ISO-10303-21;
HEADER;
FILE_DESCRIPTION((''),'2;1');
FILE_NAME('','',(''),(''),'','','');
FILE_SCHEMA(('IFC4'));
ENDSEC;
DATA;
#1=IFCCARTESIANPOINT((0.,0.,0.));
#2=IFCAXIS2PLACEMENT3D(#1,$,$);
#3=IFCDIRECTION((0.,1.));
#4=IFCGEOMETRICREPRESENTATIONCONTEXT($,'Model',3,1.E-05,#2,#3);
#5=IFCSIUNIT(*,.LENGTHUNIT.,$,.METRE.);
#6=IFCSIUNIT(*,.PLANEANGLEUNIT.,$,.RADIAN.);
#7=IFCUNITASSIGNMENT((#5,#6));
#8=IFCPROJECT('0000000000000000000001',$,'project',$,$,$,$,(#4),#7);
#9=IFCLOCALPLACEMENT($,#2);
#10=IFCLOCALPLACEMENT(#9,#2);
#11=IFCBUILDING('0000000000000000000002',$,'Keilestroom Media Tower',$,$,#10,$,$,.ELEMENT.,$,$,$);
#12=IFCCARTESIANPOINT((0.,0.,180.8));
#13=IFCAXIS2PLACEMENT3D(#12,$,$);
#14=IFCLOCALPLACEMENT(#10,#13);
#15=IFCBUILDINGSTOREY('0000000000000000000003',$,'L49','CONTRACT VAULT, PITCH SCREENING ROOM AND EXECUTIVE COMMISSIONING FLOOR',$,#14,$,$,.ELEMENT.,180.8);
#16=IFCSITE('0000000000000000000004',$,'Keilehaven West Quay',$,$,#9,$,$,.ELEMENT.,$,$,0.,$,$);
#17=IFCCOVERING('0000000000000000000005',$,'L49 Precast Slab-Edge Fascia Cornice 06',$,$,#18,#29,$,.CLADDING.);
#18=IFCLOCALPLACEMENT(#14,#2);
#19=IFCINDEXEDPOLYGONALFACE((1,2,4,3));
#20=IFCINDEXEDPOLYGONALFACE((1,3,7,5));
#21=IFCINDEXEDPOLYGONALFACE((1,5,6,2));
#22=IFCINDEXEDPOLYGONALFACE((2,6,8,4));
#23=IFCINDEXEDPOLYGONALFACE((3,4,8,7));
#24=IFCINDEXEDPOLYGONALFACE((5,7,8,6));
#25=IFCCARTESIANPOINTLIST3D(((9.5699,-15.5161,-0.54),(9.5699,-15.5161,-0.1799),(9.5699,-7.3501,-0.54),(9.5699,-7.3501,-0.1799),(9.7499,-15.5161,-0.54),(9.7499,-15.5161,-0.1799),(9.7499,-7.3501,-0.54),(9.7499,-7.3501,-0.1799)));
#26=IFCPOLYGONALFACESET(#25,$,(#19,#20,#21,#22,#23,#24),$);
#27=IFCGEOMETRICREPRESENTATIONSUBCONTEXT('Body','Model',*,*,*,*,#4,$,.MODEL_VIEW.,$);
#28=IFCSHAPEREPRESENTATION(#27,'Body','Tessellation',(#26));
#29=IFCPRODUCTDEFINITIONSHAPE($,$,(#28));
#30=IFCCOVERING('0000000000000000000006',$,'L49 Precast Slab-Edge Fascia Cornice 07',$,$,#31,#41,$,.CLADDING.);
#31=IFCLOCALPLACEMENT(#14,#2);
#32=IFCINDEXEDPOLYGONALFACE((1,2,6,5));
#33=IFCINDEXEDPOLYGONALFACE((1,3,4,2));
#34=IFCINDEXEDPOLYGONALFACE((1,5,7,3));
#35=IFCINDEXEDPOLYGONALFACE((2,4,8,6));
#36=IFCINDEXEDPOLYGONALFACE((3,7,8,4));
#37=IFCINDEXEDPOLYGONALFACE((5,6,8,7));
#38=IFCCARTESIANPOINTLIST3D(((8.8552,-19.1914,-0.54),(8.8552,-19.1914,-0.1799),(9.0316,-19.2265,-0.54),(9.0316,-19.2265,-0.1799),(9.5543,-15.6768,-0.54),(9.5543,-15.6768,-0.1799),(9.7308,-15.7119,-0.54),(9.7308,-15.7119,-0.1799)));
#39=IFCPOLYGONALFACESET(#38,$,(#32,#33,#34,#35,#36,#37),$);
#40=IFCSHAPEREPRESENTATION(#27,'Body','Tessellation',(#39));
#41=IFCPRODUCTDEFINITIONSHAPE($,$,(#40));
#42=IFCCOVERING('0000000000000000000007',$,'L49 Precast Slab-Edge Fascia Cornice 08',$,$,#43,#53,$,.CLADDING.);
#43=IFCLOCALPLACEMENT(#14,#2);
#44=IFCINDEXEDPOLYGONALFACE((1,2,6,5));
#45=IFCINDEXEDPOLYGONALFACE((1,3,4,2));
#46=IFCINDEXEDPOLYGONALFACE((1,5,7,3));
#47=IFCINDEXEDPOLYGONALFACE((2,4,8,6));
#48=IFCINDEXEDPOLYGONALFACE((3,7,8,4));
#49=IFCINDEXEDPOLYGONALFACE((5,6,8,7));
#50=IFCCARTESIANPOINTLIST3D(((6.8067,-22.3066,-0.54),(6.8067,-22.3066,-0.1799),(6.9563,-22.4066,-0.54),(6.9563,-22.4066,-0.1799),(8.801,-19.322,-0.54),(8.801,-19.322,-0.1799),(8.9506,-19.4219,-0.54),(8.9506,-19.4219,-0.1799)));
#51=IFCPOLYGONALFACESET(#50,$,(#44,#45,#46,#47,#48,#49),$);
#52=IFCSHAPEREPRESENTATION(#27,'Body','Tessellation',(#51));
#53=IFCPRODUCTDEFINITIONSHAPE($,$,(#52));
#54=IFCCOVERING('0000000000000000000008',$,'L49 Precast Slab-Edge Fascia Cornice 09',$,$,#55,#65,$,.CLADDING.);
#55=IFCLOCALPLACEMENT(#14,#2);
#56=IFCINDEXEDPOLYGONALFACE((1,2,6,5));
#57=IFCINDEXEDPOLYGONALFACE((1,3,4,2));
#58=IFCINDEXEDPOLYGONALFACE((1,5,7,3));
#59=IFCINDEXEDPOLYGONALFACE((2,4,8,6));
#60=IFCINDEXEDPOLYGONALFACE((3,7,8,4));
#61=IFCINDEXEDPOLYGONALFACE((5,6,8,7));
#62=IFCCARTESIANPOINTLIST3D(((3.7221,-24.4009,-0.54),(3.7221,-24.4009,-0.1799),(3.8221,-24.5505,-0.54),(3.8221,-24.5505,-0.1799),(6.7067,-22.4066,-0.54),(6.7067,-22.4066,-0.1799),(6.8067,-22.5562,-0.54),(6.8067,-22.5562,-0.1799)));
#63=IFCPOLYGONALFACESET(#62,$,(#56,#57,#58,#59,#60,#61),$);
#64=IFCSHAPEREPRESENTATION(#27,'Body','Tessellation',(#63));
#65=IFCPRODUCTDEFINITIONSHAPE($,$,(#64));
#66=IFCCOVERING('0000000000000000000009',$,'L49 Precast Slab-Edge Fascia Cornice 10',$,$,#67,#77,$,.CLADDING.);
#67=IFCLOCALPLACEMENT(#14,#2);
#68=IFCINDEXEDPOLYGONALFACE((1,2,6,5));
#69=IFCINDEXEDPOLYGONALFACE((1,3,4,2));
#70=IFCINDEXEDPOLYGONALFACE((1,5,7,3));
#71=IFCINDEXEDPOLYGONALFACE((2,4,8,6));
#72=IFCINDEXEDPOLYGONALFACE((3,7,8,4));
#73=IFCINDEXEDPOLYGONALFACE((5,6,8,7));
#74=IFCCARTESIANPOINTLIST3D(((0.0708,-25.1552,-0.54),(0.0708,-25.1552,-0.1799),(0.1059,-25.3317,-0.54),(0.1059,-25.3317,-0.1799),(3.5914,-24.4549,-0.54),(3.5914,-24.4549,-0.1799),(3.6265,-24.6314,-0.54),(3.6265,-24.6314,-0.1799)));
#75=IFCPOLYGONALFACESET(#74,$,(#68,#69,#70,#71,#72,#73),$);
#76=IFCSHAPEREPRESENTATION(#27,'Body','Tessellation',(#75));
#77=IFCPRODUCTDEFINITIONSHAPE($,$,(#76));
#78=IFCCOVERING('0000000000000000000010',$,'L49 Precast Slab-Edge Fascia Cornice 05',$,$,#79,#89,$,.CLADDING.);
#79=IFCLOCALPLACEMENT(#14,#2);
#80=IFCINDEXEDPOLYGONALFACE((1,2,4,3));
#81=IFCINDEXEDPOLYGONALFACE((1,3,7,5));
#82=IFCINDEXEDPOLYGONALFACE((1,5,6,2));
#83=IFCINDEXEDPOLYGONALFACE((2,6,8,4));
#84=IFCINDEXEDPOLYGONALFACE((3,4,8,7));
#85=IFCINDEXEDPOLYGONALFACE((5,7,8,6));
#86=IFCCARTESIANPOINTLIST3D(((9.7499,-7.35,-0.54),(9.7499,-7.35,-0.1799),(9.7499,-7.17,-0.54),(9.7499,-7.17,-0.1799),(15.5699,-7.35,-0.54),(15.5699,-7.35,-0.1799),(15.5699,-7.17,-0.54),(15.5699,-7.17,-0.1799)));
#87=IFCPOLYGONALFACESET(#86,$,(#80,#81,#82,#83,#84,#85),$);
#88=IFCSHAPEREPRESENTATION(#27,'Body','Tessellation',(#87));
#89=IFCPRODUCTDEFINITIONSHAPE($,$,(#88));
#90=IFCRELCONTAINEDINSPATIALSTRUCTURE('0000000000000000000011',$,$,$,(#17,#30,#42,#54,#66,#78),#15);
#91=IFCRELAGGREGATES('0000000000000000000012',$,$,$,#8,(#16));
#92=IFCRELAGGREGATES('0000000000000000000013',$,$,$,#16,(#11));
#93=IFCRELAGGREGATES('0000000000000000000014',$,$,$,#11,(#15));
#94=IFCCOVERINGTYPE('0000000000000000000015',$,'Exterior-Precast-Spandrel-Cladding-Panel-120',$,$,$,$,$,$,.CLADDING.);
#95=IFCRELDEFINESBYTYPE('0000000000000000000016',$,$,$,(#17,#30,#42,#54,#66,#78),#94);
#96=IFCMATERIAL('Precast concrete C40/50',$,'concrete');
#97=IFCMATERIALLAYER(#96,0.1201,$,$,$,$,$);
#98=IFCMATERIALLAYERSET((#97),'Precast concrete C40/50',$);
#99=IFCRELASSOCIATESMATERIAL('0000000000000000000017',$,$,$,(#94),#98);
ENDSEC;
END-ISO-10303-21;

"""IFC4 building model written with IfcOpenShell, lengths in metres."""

from ifc_helpers import new_model, si_unit, direction, frame, origin, origin_2d, place, context, subcontext, project, spatial, rectangle, extrude, source, transform, mapped, material, layer, layer_set, type_object, element, save


model = new_model("IFC4")

# Units and contexts
model_context = context("Model", 3, precision=1e-05, world=origin(), true_north=direction((0.0, 1.0)))
body_context = subcontext(model_context, "Body", "Model", "MODEL_VIEW")
ifc_project = project(units=[si_unit("LENGTHUNIT", "METRE"), si_unit("PLANEANGLEUNIT", "RADIAN")], contexts=[model_context])

# Site, building, storey
site_placement = place(None, origin())
site = spatial("IfcSite", under=ifc_project, at=site_placement, Name="Keilehaven West Quay", CompositionType="ELEMENT", RefElevation=0.0)
building_placement = place(site_placement, origin())
building = spatial("IfcBuilding", under=site, at=building_placement, Name="Keilestroom Media Tower", CompositionType="ELEMENT")
storey_placement = place(building_placement, frame((0.0, 0.0, 180.8)))
storey = spatial("IfcBuildingStorey", under=building, at=storey_placement, Name="L49", Description="CONTRACT VAULT, PITCH SCREENING ROOM AND EXECUTIVE COMMISSIONING FLOOR", CompositionType="ELEMENT", Elevation=180.8)

# Shared definitions
ifc_material_1 = material(Name="Precast concrete C40/50", Category="concrete")

# Coverings
ifc_layer_1 = layer(ifc_material_1, 0.1201)
ifc_layer_set_1 = layer_set([ifc_layer_1], Name="Precast concrete C40/50")
covering_type = type_object("IfcCoveringType", Name="Exterior-Precast-Spandrel-Cladding-Panel-120", PredefinedType="CLADDING", material=ifc_layer_set_1)
shared_shape_1 = source(origin(), body_context, "Body", "SweptSolid", [
    extrude(rectangle(XDim=8.166, YDim=0.1799, at=origin_2d()), origin(), (0.0, 0.0, 1.0), 0.3601),
])
covering_1_placement = place(storey_placement, frame((9.6599, -11.4331, -0.54), z_axis=(0.0, 0.0, 1.0), x_axis=(0.0, -1.0, 0.0)))
element("IfcCovering", 1, at=covering_1_placement, inside=storey, type_object=covering_type, Name="L49 Precast Slab-Edge Fascia Cornice 06", PredefinedType="CLADDING", context=body_context, shape_type="MappedRepresentation", body=[
    mapped(shared_shape_1, transform((0.0, 0.0, 0.0), x_axis=(1.0, 0.0, 0.0), y_axis=(0.0, 1.0, 0.0), z_axis=(0.0, 0.0, 1.0), scale=1.0)),
])
shared_shape_2 = source(origin(), body_context, "Body", "SweptSolid", [
    extrude(rectangle(XDim=3.5835, YDim=0.1799, at=origin_2d()), origin(), (0.0, 0.0, 1.0), 0.3601),
])
covering_2_placement = place(storey_placement, frame((9.293, -17.4517, -0.54), z_axis=(0.0, 0.0, 1.0), x_axis=(-0.195099, -0.980784, 0.0)))
element("IfcCovering", 2, at=covering_2_placement, inside=storey, type_object=covering_type, Name="L49 Precast Slab-Edge Fascia Cornice 07", PredefinedType="CLADDING", context=body_context, shape_type="MappedRepresentation", body=[
    mapped(shared_shape_2, transform((0.0, 0.0, 0.0), x_axis=(1.0, 0.0, 0.0), y_axis=(0.0, 1.0, 0.0), z_axis=(0.0, 0.0, 1.0), scale=1.0)),
])
shared_shape_3 = source(origin(), body_context, "Body", "SweptSolid", [
    extrude(rectangle(XDim=3.5896, YDim=0.1799, at=origin_2d()), origin(), (0.0, 0.0, 1.0), 0.3601),
])
for number, where, z_axis, x_axis, name in (
    (3, (7.8787, -20.8643, -0.54), (0.0, 0.0, 1.0), (-0.555575, -0.831467, 0.0), "L49 Precast Slab-Edge Fascia Cornice 08"),
    (4, (5.2644, -23.4785, -0.54), (0.0, 0.0, 1.0), (-0.831467, -0.555575, 0.0), "L49 Precast Slab-Edge Fascia Cornice 09"),
    (5, (1.8486, -24.8933, -0.54), (0.0, 0.0, 1.0), (-0.980784, -0.195099, 0.0), "L49 Precast Slab-Edge Fascia Cornice 10"),
):
    element("IfcCovering", number, at=place(storey_placement, frame(where, z_axis=z_axis, x_axis=x_axis)), inside=storey, type_object=covering_type, Name=name, PredefinedType="CLADDING", context=body_context, shape_type="MappedRepresentation", body=[
        mapped(shared_shape_3, transform((0.0, 0.0, 0.0), x_axis=(1.0, 0.0, 0.0), y_axis=(0.0, 1.0, 0.0), z_axis=(0.0, 0.0, 1.0), scale=1.0)),
    ])
shared_shape_4 = source(origin(), body_context, "Body", "SweptSolid", [
    extrude(rectangle(XDim=5.8201, YDim=0.1799, at=origin_2d()), origin(), (0.0, 0.0, 1.0), 0.3601),
])
covering_3_placement = place(storey_placement, frame((12.6599, -7.26, -0.54), z_axis=(0.0, 0.0, 1.0), x_axis=(-1.0, 0.0, 0.0)))
element("IfcCovering", 6, at=covering_3_placement, inside=storey, type_object=covering_type, Name="L49 Precast Slab-Edge Fascia Cornice 05", PredefinedType="CLADDING", context=body_context, shape_type="MappedRepresentation", body=[
    mapped(shared_shape_4, transform((0.0, 0.0, 0.0), x_axis=(1.0, 0.0, 0.0), y_axis=(0.0, 1.0, 0.0), z_axis=(0.0, 0.0, 1.0), scale=1.0)),
])

save(model, "model.ifc")
